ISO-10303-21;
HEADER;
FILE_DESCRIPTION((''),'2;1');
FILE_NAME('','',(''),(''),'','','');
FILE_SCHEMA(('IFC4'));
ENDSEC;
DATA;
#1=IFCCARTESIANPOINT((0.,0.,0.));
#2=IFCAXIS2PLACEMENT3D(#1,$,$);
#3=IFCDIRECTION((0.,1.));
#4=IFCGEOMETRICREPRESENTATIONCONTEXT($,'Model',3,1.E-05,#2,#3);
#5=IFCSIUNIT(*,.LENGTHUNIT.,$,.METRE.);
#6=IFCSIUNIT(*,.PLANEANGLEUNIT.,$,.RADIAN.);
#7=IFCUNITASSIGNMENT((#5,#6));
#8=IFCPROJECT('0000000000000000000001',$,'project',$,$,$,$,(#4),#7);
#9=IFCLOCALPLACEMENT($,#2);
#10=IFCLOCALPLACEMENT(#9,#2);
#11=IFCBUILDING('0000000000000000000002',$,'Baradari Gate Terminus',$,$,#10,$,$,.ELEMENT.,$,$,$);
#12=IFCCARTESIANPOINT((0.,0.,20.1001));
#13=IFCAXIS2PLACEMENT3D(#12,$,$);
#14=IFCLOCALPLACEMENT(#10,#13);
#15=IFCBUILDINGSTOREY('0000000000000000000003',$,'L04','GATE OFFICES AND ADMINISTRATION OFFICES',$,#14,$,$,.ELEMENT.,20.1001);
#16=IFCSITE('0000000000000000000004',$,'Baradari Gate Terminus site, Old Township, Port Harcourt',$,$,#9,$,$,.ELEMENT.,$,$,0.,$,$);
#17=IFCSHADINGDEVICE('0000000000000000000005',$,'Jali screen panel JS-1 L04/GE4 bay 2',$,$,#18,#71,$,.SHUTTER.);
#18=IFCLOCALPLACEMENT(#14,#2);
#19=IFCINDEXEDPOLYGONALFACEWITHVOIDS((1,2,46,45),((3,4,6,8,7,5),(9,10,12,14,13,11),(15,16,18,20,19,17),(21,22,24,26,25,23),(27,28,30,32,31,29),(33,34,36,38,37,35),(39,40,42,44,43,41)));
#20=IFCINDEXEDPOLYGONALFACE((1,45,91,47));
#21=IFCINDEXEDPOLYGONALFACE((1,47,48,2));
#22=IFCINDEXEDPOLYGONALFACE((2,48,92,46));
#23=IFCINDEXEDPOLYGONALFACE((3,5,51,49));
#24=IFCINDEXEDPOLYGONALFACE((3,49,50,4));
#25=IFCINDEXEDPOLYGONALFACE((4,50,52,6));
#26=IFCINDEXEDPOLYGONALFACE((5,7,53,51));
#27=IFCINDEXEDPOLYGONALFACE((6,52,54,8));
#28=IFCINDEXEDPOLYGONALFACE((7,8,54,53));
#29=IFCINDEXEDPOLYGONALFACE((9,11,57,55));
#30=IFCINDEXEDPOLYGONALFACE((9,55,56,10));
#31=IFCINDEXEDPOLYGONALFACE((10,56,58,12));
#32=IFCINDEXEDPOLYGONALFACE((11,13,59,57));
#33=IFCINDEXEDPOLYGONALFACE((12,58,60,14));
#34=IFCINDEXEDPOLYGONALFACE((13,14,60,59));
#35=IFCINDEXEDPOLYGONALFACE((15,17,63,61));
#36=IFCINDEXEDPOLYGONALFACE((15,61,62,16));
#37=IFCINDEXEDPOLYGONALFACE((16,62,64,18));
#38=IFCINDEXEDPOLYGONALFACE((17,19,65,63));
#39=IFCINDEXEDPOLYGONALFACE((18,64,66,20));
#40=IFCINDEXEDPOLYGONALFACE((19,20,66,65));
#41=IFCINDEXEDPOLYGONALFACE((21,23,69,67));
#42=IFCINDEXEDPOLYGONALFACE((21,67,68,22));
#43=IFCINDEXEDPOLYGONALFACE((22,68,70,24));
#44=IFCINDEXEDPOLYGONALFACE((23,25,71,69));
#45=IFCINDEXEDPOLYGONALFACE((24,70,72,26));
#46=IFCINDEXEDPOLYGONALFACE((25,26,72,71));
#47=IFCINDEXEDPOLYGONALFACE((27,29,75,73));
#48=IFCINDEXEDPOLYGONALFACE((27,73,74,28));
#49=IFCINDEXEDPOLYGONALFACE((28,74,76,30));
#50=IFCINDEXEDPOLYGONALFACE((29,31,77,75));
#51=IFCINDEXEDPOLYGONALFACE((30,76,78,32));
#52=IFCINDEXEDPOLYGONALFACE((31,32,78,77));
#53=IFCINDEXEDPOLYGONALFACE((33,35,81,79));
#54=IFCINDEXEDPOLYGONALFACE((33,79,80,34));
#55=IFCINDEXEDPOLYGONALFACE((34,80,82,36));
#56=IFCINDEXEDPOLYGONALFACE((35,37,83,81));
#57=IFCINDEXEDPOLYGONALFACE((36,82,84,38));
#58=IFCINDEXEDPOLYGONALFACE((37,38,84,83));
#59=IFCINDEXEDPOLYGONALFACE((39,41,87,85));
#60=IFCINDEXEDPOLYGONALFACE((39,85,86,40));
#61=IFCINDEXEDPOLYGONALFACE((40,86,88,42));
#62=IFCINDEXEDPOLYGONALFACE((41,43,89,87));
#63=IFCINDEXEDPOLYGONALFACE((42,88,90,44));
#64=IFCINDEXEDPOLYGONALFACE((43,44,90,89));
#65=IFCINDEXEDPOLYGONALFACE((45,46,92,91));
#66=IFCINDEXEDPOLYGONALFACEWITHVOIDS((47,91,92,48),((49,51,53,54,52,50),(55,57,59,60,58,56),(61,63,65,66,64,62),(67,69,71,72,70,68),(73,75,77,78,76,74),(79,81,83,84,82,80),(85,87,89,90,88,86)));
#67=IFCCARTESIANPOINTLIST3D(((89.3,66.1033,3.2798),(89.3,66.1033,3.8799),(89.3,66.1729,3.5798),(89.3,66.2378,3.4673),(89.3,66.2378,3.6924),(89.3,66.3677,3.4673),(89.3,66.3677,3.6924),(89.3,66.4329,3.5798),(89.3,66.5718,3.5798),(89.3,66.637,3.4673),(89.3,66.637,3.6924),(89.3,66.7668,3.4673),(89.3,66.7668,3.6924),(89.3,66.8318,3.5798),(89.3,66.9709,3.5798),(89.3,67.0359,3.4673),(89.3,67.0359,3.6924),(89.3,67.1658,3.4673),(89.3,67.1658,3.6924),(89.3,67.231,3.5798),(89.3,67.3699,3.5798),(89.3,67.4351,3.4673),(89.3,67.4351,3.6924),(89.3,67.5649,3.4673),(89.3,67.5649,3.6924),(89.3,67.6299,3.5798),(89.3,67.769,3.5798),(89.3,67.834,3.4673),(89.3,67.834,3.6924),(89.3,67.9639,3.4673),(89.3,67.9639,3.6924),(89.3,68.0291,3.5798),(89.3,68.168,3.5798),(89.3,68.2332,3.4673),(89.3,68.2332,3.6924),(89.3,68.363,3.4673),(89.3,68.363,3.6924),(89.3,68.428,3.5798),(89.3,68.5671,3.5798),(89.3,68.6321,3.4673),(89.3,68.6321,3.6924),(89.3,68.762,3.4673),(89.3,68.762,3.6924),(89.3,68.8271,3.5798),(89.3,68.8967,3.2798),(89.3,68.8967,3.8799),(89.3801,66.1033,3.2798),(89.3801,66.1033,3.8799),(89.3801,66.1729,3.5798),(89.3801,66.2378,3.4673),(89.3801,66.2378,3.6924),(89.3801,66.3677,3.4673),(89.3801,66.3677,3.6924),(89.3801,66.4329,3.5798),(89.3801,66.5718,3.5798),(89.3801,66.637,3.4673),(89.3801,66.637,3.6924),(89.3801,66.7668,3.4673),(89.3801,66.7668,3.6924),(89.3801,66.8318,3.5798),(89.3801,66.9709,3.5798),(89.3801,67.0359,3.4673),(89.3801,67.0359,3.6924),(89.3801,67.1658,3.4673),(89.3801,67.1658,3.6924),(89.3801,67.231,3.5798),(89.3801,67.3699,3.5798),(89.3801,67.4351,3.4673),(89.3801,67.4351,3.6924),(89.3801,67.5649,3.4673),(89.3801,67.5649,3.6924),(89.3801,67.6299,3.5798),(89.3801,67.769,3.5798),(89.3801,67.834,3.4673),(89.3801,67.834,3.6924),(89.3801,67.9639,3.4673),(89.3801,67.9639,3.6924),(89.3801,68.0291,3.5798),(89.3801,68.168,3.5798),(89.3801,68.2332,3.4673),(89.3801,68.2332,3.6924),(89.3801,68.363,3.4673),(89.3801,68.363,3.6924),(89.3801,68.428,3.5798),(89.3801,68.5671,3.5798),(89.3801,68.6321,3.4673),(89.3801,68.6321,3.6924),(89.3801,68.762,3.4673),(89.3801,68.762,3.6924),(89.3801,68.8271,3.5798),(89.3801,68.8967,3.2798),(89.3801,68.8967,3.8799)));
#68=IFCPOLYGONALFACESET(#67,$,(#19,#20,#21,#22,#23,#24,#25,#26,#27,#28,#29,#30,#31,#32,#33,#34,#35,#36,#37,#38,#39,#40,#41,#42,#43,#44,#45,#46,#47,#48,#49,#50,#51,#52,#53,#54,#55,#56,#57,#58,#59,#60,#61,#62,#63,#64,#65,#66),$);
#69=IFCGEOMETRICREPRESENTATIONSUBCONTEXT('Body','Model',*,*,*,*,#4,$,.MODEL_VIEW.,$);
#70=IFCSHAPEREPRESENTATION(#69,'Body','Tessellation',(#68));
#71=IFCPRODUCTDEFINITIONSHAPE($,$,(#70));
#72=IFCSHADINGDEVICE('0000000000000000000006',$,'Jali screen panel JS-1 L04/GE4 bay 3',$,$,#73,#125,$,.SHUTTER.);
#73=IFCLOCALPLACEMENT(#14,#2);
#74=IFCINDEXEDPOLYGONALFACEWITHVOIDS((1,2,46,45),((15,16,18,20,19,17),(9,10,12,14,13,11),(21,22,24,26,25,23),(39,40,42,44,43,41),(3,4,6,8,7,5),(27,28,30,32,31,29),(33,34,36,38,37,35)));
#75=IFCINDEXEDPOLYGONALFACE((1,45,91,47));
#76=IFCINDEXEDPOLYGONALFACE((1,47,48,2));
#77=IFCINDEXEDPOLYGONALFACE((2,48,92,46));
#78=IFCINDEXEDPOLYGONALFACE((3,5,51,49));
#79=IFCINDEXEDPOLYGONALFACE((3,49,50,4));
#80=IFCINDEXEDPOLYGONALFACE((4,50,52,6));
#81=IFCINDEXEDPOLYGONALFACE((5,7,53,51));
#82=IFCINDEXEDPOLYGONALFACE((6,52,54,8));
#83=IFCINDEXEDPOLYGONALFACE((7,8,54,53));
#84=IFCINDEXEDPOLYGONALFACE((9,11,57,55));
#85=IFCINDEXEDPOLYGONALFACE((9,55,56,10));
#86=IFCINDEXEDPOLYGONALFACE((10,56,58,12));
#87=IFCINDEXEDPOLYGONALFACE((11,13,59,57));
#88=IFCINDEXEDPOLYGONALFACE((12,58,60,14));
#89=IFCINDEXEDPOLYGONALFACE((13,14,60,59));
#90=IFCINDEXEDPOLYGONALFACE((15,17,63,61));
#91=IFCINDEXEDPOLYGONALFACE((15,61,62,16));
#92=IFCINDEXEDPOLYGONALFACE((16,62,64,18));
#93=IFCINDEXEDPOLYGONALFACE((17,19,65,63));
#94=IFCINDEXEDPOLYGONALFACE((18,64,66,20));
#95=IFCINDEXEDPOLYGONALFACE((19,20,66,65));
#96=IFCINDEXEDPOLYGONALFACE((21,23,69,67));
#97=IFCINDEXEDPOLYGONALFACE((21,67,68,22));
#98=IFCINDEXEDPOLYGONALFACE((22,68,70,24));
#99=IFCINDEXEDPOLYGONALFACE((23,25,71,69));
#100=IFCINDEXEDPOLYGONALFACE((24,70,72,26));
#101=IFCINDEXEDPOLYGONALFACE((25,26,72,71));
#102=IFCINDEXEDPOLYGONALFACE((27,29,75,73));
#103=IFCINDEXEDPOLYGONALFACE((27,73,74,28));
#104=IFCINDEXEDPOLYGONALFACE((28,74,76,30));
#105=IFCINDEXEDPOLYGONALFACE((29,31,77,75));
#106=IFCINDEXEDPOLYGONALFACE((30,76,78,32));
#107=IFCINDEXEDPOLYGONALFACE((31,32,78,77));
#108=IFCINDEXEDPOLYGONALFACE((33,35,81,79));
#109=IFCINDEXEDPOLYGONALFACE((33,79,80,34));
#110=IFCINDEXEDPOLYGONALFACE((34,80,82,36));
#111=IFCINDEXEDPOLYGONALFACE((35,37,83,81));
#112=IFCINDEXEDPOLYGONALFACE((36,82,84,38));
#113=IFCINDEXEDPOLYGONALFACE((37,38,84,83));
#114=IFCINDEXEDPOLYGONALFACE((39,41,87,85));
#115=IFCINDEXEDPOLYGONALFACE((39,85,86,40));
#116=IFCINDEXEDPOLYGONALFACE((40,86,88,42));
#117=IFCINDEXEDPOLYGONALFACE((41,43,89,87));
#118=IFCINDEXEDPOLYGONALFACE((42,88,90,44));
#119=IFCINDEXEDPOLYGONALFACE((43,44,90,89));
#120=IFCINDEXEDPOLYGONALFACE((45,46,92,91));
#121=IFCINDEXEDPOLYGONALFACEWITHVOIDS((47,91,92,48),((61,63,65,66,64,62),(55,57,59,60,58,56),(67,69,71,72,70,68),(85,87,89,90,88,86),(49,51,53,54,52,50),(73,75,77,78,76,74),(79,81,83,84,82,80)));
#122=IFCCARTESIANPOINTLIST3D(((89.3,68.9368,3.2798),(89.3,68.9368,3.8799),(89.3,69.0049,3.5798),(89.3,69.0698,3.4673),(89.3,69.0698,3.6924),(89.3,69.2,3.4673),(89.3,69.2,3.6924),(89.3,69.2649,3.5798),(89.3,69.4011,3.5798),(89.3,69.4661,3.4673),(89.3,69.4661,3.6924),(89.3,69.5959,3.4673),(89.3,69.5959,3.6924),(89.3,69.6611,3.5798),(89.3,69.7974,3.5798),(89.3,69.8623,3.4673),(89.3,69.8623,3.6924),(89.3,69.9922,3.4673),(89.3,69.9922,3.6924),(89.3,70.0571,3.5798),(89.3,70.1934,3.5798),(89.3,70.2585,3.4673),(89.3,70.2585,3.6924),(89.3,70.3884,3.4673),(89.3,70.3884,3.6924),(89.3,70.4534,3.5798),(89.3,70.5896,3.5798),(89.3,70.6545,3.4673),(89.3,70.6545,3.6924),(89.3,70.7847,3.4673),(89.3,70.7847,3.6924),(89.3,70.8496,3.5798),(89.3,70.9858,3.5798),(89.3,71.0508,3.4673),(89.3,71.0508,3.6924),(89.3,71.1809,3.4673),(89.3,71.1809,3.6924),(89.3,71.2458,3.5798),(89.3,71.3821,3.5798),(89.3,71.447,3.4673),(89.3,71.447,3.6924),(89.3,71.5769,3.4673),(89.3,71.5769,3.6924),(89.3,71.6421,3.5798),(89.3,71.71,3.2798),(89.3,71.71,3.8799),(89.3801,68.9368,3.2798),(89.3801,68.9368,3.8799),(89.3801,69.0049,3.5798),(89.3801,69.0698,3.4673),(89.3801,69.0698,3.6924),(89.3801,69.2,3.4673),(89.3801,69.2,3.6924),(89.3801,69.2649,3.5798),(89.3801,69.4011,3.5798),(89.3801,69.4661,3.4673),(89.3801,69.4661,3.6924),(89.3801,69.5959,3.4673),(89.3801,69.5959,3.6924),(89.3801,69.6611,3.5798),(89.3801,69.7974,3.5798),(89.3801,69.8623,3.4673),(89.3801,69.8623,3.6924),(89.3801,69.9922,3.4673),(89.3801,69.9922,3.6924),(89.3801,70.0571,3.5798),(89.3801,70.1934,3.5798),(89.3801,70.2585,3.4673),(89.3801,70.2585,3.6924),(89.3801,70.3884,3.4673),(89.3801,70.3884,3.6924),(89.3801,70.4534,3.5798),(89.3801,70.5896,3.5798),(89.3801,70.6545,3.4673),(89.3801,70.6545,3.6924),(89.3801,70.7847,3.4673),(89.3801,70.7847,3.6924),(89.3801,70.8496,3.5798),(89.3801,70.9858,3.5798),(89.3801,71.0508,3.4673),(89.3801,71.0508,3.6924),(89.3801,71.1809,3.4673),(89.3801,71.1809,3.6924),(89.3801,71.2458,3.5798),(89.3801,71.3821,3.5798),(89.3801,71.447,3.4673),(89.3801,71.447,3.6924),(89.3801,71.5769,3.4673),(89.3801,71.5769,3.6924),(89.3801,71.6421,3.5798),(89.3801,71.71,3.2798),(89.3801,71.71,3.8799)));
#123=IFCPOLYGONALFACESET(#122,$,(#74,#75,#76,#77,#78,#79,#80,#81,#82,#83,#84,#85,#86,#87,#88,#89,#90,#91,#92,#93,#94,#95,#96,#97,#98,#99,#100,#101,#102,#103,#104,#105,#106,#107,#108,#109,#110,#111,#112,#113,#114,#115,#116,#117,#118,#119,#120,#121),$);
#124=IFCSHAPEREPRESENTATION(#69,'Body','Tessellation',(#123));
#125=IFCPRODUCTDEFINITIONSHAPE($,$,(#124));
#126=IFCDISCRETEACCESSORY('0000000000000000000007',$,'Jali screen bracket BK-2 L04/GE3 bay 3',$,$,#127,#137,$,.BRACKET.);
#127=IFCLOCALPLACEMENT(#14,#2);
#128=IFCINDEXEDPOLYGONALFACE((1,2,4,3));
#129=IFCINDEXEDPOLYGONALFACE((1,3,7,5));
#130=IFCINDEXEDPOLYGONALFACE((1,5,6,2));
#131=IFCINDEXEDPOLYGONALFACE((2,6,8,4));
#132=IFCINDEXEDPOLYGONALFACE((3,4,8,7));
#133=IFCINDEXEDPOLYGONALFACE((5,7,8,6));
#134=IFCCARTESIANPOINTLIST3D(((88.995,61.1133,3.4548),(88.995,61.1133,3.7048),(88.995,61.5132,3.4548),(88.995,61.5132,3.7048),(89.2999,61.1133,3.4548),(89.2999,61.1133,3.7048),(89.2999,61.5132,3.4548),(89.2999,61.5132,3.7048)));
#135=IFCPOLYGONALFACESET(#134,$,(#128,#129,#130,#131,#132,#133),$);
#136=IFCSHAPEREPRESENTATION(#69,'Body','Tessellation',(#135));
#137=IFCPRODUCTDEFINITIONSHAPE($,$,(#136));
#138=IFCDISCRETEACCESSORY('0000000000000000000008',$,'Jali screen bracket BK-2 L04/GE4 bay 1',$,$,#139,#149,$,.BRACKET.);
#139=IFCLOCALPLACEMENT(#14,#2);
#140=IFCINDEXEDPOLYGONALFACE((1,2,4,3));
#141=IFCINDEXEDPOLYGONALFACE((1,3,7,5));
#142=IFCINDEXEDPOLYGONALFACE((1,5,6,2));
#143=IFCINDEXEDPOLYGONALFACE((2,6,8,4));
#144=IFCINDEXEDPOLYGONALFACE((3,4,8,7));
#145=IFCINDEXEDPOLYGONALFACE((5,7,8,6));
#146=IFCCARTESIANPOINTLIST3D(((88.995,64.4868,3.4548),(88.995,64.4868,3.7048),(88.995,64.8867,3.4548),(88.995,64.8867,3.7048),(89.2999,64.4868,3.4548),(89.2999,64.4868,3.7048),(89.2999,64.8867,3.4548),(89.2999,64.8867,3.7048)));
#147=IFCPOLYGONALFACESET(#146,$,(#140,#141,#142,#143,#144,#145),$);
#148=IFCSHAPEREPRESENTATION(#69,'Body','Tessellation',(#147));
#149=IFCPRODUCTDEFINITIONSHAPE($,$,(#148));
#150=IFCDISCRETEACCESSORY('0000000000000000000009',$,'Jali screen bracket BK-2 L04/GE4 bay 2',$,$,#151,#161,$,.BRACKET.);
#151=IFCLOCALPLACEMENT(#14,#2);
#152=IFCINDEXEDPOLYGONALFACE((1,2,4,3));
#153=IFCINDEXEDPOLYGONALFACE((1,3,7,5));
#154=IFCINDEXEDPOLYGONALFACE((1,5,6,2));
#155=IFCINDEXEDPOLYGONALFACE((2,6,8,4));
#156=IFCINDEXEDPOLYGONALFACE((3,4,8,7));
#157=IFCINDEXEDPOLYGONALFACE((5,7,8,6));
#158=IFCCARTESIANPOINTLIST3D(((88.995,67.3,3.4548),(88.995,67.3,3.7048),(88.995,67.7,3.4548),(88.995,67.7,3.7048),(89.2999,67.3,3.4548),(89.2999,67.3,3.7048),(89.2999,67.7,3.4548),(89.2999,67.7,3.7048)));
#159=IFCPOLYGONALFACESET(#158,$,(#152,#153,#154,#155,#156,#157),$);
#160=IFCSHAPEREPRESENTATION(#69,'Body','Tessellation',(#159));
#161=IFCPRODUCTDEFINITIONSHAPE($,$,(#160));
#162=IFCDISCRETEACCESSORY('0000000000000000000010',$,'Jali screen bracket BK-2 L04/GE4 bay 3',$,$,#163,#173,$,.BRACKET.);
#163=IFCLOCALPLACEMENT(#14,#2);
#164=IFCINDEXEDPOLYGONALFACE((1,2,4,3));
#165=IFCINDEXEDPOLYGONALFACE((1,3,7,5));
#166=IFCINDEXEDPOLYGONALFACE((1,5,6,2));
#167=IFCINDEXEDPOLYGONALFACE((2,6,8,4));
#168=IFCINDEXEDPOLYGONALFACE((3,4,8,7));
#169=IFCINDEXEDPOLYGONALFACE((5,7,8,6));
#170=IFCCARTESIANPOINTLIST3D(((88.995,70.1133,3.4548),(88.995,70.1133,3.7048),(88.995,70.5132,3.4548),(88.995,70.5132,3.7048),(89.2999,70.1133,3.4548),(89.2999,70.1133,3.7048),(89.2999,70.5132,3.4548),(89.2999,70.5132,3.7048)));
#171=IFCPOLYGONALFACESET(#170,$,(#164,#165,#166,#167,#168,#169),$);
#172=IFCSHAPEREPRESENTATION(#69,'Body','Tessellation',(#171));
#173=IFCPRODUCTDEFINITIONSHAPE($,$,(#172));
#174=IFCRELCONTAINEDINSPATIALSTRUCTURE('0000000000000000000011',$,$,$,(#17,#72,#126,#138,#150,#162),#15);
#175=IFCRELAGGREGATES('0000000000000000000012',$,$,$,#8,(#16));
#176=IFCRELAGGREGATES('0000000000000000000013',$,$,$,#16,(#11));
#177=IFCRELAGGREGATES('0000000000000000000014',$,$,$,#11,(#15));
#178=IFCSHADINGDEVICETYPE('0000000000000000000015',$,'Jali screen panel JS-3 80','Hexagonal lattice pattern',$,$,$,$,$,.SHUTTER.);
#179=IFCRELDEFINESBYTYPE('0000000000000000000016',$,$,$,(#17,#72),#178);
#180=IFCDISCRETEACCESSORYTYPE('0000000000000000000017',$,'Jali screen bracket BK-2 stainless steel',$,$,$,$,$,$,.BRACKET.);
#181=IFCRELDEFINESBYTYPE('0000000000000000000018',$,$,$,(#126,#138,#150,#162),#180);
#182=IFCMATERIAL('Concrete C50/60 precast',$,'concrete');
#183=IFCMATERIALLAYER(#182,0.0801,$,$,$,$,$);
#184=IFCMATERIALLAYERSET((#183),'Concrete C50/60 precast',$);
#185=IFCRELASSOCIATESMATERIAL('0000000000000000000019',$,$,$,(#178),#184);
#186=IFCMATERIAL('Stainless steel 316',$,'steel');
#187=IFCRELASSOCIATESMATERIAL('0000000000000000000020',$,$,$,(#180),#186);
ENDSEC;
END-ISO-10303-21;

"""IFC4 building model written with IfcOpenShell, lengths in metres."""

from ifc_helpers import new_model, si_unit, direction, frame, origin, origin_2d, place, context, subcontext, project, spatial, polyline, rectangle, outline, extrude, material, layer, layer_set, type_object, element, save


model = new_model("IFC4")

# Units and contexts
model_context = context("Model", 3, precision=1e-05, world=origin(), true_north=direction((0.0, 1.0)))
body_context = subcontext(model_context, "Body", "Model", "MODEL_VIEW")
ifc_project = project(units=[si_unit("LENGTHUNIT", "METRE"), si_unit("PLANEANGLEUNIT", "RADIAN")], contexts=[model_context])

# Site, building, storey
site_placement = place(None, origin())
site = spatial("IfcSite", under=ifc_project, at=site_placement, Name="Baradari Gate Terminus site, Old Township, Port Harcourt", CompositionType="ELEMENT", RefElevation=0.0)
building_placement = place(site_placement, origin())
building = spatial("IfcBuilding", under=site, at=building_placement, Name="Baradari Gate Terminus", CompositionType="ELEMENT")
storey_placement = place(building_placement, frame((0.0, 0.0, 20.1001)))
storey = spatial("IfcBuildingStorey", under=building, at=storey_placement, Name="L04", Description="GATE OFFICES AND ADMINISTRATION OFFICES", CompositionType="ELEMENT", Elevation=20.1001)

# Shading devices
ifc_material_1 = material(Name="Concrete C50/60 precast", Category="concrete")
ifc_layer_1 = layer(ifc_material_1, 0.0801)
ifc_layer_set_1 = layer_set([ifc_layer_1], Name="Concrete C50/60 precast")
shading_device_type = type_object("IfcShadingDeviceType", Name="Jali screen panel JS-3 80", Description="Hexagonal lattice pattern", PredefinedType="SHUTTER", material=ifc_layer_set_1)
shading_device_1_placement = place(storey_placement, frame((89.3401, 66.1033, 3.2798), z_axis=(0.0, 0.0, 1.0), x_axis=(0.0, 1.0, 0.0)))
element("IfcShadingDevice", 1, at=shading_device_1_placement, inside=storey, type_object=shading_device_type, Name="Jali screen panel JS-1 L04/GE4 bay 2", PredefinedType="SHUTTER", context=body_context, shape_type="SweptSolid", body=[
    extrude(outline(polyline([(0.0, 0.0), (2.7935, 0.0), (2.7935, 0.6001), (0.0, 0.6001), (0.0, 0.0)]), holes=[polyline([(0.3296, 0.3), (0.2644, 0.1875), (0.1345, 0.1875), (0.0696, 0.3), (0.1345, 0.4126), (0.2644, 0.4126), (0.3296, 0.3)]), polyline([(0.7285, 0.3), (0.6636, 0.1875), (0.5337, 0.1875), (0.4685, 0.3), (0.5337, 0.4126), (0.6636, 0.4126), (0.7285, 0.3)]), polyline([(1.1277, 0.3), (1.0625, 0.1875), (0.9326, 0.1875), (0.8677, 0.3), (0.9326, 0.4126), (1.0625, 0.4126), (1.1277, 0.3)]), polyline([(1.5266, 0.3), (1.4617, 0.1875), (1.3318, 0.1875), (1.2666, 0.3), (1.3318, 0.4126), (1.4617, 0.4126), (1.5266, 0.3)]), polyline([(1.9258, 0.3), (1.8606, 0.1875), (1.7307, 0.1875), (1.6658, 0.3), (1.7307, 0.4126), (1.8606, 0.4126), (1.9258, 0.3)]), polyline([(2.3247, 0.3), (2.2598, 0.1875), (2.1299, 0.1875), (2.0647, 0.3), (2.1299, 0.4126), (2.2598, 0.4126), (2.3247, 0.3)]), polyline([(2.7239, 0.3), (2.6587, 0.1875), (2.5288, 0.1875), (2.4639, 0.3), (2.5288, 0.4126), (2.6587, 0.4126), (2.7239, 0.3)])]), frame((0.0, 0.04, 0.0), z_axis=(0.0, -1.0, 0.0), x_axis=(1.0, 0.0, 0.0)), (0.0, 0.0, 1.0), 0.0801),
])
shading_device_2_placement = place(storey_placement, frame((89.3401, 68.9368, 3.2798), z_axis=(0.0, 0.0, 1.0), x_axis=(0.0, 1.0, 0.0)))
element("IfcShadingDevice", 2, at=shading_device_2_placement, inside=storey, type_object=shading_device_type, Name="Jali screen panel JS-1 L04/GE4 bay 3", PredefinedType="SHUTTER", context=body_context, shape_type="SweptSolid", body=[
    extrude(outline(polyline([(0.0, 0.0), (2.7732, 0.0), (2.7732, 0.6001), (0.0, 0.6001), (0.0, 0.0)]), holes=[polyline([(0.3281, 0.3), (0.2632, 0.1875), (0.1331, 0.1875), (0.0681, 0.3), (0.1331, 0.4126), (0.2632, 0.4126), (0.3281, 0.3)]), polyline([(0.7244, 0.3), (0.6592, 0.1875), (0.5293, 0.1875), (0.4644, 0.3), (0.5293, 0.4126), (0.6592, 0.4126), (0.7244, 0.3)]), polyline([(1.1204, 0.3), (1.0554, 0.1875), (0.9255, 0.1875), (0.8606, 0.3), (0.9255, 0.4126), (1.0554, 0.4126), (1.1204, 0.3)]), polyline([(1.5166, 0.3), (1.4517, 0.1875), (1.3218, 0.1875), (1.2566, 0.3), (1.3218, 0.4126), (1.4517, 0.4126), (1.5166, 0.3)]), polyline([(1.9128, 0.3), (1.8479, 0.1875), (1.7178, 0.1875), (1.6528, 0.3), (1.7178, 0.4126), (1.8479, 0.4126), (1.9128, 0.3)]), polyline([(2.3091, 0.3), (2.2441, 0.1875), (2.114, 0.1875), (2.0491, 0.3), (2.114, 0.4126), (2.2441, 0.4126), (2.3091, 0.3)]), polyline([(2.7053, 0.3), (2.6401, 0.1875), (2.5103, 0.1875), (2.4453, 0.3), (2.5103, 0.4126), (2.6401, 0.4126), (2.7053, 0.3)])]), frame((0.0, 0.04, 0.0), z_axis=(0.0, -1.0, 0.0), x_axis=(1.0, 0.0, 0.0)), (0.0, 0.0, 1.0), 0.0801),
])

# Discrete accessories
ifc_material_2 = material(Name="Stainless steel 316", Category="steel")
discrete_accessory_type = type_object("IfcDiscreteAccessoryType", Name="Jali screen bracket BK-2 stainless steel", PredefinedType="BRACKET", material=ifc_material_2)
for number, where, z_axis, x_axis, name in (
    (3, (89.1475, 61.3132, 3.4548), (0.0, 0.0, 1.0), (1.0, 0.0, 0.0), "Jali screen bracket BK-2 L04/GE3 bay 3"),
    (4, (89.1475, 64.6868, 3.4548), (0.0, 0.0, 1.0), (1.0, 0.0, 0.0), "Jali screen bracket BK-2 L04/GE4 bay 1"),
    (5, (89.1475, 67.5, 3.4548), (0.0, 0.0, 1.0), (1.0, 0.0, 0.0), "Jali screen bracket BK-2 L04/GE4 bay 2"),
    (6, (89.1475, 70.3132, 3.4548), (0.0, 0.0, 1.0), (1.0, 0.0, 0.0), "Jali screen bracket BK-2 L04/GE4 bay 3"),
):
    element("IfcDiscreteAccessory", number, at=place(storey_placement, frame(where, z_axis=z_axis, x_axis=x_axis)), inside=storey, type_object=discrete_accessory_type, Name=name, PredefinedType="BRACKET", context=body_context, shape_type="SweptSolid", body=[
        extrude(rectangle(XDim=0.3049, YDim=0.3999, at=origin_2d()), origin(), (0.0, 0.0, 1.0), 0.25),
    ])

save(model, "model.ifc")
